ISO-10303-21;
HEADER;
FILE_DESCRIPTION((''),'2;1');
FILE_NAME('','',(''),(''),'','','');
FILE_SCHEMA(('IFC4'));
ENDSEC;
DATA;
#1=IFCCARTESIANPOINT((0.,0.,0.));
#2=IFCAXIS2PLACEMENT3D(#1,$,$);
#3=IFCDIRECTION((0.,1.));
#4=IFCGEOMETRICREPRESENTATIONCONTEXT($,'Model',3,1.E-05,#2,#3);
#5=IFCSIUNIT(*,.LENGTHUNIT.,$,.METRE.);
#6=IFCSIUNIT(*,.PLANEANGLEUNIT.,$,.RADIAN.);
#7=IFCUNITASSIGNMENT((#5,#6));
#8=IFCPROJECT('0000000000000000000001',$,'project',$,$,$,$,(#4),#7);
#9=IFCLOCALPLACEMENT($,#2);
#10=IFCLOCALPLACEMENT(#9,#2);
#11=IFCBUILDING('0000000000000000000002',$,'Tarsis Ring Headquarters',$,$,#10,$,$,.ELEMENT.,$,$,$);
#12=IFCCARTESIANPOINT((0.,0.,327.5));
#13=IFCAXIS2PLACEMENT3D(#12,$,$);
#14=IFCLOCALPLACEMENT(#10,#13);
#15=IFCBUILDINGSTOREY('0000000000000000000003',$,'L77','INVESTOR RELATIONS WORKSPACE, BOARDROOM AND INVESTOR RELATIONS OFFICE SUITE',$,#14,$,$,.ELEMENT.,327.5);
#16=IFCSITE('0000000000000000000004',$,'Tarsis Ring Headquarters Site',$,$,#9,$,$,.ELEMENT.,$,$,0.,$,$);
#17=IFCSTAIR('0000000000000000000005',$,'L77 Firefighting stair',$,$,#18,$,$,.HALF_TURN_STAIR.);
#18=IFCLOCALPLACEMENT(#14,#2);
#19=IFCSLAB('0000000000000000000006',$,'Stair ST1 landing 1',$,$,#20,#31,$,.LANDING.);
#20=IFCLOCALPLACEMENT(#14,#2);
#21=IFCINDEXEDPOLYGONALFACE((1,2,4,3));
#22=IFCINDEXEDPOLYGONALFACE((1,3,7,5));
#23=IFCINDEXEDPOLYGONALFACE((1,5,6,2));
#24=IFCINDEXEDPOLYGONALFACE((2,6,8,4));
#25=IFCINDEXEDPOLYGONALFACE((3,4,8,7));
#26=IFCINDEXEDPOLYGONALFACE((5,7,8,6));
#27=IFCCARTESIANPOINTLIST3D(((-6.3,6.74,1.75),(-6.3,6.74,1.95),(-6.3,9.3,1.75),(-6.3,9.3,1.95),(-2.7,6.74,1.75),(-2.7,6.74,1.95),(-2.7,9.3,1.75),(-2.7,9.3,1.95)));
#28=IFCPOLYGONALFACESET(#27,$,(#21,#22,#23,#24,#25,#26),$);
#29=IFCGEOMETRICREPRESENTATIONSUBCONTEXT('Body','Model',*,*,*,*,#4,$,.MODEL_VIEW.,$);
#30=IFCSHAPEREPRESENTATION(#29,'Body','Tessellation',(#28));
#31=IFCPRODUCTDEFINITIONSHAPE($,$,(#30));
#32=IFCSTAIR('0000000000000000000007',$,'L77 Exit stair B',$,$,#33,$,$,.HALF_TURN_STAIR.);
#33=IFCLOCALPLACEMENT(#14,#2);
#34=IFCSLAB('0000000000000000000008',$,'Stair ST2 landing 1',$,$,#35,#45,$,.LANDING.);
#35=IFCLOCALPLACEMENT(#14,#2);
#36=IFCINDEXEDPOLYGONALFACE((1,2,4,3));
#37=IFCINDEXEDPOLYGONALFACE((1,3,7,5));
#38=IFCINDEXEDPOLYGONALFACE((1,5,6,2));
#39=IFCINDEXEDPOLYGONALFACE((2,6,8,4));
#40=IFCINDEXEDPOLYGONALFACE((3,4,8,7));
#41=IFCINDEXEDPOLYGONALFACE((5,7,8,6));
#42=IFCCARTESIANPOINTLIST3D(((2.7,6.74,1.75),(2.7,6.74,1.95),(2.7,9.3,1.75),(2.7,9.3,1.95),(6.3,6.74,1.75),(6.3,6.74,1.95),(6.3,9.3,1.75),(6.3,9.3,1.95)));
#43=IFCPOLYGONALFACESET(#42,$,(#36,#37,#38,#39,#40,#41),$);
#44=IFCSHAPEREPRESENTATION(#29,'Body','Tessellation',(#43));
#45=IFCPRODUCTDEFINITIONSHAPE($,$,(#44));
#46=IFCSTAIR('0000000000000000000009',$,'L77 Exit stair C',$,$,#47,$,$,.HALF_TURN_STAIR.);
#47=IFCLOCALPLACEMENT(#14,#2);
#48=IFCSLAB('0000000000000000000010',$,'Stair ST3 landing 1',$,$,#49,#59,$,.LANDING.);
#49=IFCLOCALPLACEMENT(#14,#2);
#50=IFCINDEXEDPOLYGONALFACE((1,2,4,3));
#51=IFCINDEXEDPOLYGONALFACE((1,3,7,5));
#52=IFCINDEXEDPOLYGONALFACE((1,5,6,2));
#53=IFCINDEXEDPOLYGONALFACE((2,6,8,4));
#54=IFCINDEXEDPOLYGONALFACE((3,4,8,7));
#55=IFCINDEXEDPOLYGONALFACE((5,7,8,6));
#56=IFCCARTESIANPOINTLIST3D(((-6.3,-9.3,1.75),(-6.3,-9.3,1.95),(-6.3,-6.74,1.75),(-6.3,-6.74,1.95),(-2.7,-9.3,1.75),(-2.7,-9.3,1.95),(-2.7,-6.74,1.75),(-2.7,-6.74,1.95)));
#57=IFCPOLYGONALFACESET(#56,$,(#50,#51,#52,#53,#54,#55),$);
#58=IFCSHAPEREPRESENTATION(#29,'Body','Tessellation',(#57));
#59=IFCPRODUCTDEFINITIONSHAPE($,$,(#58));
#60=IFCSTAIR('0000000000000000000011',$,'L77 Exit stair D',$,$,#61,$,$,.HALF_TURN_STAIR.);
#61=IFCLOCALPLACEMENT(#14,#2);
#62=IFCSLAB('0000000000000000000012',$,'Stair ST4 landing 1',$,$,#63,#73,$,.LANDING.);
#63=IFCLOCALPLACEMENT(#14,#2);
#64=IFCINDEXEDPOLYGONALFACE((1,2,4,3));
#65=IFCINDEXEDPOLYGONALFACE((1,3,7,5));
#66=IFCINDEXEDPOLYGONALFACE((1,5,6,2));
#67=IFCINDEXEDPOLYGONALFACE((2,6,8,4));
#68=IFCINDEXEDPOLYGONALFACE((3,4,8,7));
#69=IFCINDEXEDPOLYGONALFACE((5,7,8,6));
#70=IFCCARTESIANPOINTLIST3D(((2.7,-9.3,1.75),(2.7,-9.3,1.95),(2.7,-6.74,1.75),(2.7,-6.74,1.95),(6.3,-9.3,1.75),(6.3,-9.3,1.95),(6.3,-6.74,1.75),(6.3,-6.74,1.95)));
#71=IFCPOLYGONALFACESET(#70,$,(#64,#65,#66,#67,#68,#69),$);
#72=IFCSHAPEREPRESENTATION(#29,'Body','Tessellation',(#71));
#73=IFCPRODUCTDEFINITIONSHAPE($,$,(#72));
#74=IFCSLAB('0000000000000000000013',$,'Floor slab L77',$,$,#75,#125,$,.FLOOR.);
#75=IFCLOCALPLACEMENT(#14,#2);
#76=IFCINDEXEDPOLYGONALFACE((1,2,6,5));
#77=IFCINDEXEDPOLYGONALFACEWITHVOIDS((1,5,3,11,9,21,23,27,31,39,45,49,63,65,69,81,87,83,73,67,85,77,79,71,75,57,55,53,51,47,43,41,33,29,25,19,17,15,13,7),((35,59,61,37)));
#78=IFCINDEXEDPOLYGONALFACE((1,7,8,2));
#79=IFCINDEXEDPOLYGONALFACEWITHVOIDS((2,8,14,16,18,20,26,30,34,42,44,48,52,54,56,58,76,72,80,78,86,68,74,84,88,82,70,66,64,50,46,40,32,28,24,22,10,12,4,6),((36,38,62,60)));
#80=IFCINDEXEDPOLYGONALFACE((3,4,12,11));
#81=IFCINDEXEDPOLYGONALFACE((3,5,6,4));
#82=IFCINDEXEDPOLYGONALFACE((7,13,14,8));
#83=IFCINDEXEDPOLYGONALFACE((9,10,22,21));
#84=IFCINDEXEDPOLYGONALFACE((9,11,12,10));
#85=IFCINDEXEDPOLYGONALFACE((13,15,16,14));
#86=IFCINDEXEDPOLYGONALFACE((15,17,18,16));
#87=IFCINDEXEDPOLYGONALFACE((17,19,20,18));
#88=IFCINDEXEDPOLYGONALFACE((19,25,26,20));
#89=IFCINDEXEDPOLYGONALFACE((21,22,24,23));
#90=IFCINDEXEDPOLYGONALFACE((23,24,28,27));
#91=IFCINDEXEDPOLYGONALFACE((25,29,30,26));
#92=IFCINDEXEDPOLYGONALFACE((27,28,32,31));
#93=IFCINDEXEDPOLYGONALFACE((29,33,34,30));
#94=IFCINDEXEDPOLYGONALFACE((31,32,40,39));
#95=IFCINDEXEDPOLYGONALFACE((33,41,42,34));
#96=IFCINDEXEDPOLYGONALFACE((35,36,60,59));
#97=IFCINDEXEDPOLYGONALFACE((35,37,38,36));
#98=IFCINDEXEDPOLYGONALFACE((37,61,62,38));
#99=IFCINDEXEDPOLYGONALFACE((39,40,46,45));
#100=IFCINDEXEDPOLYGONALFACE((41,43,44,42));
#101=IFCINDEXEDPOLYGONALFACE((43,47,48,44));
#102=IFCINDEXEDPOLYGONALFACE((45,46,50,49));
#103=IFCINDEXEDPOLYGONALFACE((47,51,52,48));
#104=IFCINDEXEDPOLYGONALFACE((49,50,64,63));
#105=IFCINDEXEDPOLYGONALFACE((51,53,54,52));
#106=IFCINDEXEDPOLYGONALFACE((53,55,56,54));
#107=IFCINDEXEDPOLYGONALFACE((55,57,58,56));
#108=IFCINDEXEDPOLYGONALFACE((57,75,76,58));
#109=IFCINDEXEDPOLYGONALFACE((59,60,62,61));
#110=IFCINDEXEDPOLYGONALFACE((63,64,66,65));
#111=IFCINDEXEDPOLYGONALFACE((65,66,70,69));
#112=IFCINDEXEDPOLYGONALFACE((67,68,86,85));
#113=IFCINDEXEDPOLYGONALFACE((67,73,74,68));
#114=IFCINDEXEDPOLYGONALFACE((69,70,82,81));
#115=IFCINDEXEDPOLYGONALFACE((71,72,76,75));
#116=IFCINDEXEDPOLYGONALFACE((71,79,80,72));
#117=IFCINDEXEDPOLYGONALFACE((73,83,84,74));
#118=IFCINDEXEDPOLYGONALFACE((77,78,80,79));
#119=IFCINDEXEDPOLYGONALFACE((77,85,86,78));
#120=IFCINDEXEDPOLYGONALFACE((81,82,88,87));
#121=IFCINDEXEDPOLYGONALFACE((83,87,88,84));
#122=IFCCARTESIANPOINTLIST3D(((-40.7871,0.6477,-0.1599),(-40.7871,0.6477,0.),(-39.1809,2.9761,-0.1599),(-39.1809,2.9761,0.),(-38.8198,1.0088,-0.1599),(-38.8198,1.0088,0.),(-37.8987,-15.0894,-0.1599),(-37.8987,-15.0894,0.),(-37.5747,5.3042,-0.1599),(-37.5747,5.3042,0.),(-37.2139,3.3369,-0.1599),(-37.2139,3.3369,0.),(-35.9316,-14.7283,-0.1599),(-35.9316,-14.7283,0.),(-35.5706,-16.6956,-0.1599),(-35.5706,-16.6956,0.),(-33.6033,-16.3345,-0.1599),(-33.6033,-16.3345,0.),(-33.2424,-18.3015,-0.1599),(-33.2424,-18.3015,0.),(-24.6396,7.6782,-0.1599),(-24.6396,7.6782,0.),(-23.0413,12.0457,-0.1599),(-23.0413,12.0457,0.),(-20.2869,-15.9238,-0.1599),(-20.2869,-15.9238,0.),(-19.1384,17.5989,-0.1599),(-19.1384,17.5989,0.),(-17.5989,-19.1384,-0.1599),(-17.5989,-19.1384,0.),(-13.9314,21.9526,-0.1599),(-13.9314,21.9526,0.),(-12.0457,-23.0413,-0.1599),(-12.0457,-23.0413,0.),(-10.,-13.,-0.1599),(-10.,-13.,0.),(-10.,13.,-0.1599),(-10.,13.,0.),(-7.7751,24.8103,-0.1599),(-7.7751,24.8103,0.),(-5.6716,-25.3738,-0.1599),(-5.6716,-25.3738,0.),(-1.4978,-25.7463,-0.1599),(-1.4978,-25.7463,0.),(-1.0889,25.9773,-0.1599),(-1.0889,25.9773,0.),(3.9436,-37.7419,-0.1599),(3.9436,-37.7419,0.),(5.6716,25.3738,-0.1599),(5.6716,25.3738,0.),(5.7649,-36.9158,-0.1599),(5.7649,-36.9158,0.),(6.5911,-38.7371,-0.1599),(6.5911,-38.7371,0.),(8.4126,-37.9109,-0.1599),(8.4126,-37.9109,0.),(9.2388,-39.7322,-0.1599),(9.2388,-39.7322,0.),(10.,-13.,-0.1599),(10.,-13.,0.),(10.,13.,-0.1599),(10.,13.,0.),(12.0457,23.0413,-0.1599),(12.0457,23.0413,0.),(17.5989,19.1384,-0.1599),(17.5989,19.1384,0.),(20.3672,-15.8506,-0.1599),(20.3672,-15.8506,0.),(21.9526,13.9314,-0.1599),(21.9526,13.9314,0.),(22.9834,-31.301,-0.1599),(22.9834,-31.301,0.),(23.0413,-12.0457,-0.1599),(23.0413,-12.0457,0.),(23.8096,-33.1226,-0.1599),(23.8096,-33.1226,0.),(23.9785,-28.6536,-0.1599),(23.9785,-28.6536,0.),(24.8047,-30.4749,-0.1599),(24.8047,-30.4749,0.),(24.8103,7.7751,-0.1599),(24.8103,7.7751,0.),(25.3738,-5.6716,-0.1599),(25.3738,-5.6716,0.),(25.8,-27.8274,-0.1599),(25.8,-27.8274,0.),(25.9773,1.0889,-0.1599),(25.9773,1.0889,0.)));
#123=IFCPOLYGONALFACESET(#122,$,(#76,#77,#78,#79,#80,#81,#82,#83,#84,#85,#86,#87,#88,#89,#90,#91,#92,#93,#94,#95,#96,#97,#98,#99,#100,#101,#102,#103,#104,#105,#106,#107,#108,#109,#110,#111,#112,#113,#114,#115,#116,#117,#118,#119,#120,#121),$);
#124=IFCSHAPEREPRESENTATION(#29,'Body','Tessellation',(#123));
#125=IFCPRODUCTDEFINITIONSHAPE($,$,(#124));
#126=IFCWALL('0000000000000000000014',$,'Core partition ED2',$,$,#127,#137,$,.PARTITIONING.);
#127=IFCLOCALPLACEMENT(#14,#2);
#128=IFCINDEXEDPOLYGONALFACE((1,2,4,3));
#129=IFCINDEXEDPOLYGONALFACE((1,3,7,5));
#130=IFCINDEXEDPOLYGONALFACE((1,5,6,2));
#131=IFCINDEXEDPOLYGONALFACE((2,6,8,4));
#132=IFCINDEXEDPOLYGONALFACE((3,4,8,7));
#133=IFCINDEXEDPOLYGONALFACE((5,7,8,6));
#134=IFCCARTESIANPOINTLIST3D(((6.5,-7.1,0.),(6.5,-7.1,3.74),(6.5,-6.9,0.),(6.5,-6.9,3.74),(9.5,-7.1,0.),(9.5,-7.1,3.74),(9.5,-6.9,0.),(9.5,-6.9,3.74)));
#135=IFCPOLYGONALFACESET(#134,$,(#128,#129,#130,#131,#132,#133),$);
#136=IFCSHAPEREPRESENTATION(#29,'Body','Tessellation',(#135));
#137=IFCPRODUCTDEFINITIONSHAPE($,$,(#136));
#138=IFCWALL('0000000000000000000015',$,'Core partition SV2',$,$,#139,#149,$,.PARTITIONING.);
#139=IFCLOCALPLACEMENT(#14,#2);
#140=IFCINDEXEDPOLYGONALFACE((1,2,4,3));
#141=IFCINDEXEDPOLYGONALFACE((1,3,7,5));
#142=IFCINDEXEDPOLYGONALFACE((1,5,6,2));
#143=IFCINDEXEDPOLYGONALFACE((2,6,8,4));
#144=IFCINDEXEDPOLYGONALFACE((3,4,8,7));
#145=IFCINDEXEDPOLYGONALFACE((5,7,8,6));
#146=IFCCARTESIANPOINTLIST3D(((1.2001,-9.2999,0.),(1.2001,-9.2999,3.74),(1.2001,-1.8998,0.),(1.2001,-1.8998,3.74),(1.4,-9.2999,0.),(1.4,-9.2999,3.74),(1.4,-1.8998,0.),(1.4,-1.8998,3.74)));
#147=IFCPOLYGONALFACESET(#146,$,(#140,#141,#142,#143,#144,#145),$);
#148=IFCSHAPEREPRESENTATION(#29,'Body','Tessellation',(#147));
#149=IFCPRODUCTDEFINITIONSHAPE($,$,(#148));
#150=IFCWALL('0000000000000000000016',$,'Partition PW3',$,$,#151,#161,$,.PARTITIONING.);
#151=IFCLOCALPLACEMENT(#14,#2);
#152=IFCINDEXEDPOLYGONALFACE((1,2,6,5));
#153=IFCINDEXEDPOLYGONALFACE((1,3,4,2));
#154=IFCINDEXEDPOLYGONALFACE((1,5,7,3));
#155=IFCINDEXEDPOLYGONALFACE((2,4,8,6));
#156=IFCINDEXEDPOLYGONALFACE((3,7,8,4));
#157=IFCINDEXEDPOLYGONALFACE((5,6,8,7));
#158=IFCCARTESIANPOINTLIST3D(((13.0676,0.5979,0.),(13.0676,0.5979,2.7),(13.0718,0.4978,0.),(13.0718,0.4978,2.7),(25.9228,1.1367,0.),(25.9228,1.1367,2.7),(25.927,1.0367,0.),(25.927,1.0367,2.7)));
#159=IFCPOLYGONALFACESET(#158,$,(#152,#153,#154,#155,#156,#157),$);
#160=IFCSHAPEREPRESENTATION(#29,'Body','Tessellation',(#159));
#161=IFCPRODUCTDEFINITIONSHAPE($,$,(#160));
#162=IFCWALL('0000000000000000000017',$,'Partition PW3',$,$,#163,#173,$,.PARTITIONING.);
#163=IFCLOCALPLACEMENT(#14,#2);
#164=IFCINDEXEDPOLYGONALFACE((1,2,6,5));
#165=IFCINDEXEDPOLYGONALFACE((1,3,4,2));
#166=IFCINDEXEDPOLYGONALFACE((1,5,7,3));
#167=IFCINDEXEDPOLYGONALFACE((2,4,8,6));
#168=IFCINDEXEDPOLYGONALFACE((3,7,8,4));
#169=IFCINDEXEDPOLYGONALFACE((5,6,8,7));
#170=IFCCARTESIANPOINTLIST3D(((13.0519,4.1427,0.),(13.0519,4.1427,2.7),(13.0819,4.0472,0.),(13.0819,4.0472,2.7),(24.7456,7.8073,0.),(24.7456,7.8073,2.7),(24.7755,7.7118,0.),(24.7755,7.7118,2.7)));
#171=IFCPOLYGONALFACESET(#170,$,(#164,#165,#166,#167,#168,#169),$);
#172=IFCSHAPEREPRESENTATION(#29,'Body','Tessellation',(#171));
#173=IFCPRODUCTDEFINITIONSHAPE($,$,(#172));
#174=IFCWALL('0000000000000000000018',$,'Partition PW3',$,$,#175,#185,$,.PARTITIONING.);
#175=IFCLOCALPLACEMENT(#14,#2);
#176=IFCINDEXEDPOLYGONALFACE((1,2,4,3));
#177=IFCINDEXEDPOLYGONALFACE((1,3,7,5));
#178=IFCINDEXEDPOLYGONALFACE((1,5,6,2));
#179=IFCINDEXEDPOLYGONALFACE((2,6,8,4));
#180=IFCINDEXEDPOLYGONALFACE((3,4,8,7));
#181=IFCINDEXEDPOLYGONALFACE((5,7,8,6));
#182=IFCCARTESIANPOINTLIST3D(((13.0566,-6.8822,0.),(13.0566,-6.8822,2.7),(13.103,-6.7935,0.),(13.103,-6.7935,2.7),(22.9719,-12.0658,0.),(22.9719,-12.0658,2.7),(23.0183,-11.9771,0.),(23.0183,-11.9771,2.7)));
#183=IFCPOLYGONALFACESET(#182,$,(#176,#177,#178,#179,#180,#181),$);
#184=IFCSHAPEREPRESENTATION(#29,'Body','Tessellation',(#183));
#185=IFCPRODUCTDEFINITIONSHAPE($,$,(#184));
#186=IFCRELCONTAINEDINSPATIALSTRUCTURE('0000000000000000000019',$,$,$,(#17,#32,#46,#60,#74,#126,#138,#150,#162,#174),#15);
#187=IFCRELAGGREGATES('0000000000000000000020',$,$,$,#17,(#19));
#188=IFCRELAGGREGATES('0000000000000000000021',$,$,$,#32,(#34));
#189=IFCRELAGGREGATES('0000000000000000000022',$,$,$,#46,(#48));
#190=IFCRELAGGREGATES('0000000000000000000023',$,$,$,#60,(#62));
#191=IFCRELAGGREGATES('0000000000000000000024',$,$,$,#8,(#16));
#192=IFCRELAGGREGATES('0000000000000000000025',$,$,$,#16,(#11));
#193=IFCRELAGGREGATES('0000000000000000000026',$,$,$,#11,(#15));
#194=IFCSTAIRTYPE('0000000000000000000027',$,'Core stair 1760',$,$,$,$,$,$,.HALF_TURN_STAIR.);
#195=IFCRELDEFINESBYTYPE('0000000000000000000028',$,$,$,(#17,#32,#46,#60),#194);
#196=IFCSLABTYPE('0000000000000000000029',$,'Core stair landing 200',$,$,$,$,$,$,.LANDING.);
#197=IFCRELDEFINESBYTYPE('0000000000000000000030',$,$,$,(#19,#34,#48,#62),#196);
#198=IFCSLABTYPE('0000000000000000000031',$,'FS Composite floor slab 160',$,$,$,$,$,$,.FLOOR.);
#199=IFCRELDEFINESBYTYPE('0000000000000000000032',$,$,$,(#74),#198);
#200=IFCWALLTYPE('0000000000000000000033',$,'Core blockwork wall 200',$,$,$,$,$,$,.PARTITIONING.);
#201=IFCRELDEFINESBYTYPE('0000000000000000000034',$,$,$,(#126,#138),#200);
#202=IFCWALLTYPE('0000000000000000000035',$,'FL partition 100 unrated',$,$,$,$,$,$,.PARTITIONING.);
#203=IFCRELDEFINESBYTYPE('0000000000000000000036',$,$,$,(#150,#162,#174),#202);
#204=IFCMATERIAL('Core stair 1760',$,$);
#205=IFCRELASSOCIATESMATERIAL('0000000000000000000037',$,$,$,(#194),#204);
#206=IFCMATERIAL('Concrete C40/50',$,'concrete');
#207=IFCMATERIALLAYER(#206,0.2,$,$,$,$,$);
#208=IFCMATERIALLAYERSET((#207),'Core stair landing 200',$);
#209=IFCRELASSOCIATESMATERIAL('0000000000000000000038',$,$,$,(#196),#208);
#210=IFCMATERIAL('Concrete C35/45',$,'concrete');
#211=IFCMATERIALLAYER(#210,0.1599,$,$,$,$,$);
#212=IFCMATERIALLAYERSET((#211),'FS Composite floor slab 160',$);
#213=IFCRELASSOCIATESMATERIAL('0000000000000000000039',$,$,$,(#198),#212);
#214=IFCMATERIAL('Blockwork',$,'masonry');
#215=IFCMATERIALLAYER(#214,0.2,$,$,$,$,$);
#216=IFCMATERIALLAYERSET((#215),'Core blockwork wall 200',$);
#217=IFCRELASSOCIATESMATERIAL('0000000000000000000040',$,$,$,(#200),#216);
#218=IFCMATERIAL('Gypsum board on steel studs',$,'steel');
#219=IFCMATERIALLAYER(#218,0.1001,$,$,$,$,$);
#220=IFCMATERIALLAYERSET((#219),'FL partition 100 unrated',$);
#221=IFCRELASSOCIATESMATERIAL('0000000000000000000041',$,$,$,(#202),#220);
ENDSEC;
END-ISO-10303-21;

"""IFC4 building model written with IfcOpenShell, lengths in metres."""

from ifc_helpers import new_model, si_unit, direction, frame, frame_2d, origin, place, context, subcontext, project, spatial, polyline, rectangle, outline, extrude, material, layer, layer_set, type_object, element, aggregate, save


model = new_model("IFC4")

# Units and contexts
model_context = context("Model", 3, precision=1e-05, world=origin(), true_north=direction((0.0, 1.0)))
body_context = subcontext(model_context, "Body", "Model", "MODEL_VIEW")
ifc_project = project(units=[si_unit("LENGTHUNIT", "METRE"), si_unit("PLANEANGLEUNIT", "RADIAN")], contexts=[model_context])

# Site, building, storey
site_placement = place(None, origin())
site = spatial("IfcSite", under=ifc_project, at=site_placement, Name="Tarsis Ring Headquarters Site", CompositionType="ELEMENT", RefElevation=0.0)
building_placement = place(site_placement, origin())
building = spatial("IfcBuilding", under=site, at=building_placement, Name="Tarsis Ring Headquarters", CompositionType="ELEMENT")
storey_placement = place(building_placement, frame((0.0, 0.0, 327.5)))
storey = spatial("IfcBuildingStorey", under=building, at=storey_placement, Name="L77", Description="INVESTOR RELATIONS WORKSPACE, BOARDROOM AND INVESTOR RELATIONS OFFICE SUITE", CompositionType="ELEMENT", Elevation=327.5)

# Shared definitions
ifc_material_1 = material(Name="Concrete C40/50", Category="concrete")

# Stairs, slabs
ifc_material_2 = material(Name="Core stair 1760")
stair_type = type_object("IfcStairType", Name="Core stair 1760", PredefinedType="HALF_TURN_STAIR", material=ifc_material_2)
stair_1_placement = place(storey_placement, origin())
stair_1 = element("IfcStair", 1, at=stair_1_placement, inside=storey, type_object=stair_type, Name="L77 Firefighting stair", PredefinedType="HALF_TURN_STAIR")
ifc_layer_1 = layer(ifc_material_1, 0.2)
ifc_layer_set_1 = layer_set([ifc_layer_1], Name="Core stair landing 200")
slab_type_1 = type_object("IfcSlabType", Name="Core stair landing 200", PredefinedType="LANDING", material=ifc_layer_set_1)
slab_1_placement = place(storey_placement, frame((0.0, 0.0, 1.75)))
slab_1 = element("IfcSlab", 2, at=slab_1_placement, type_object=slab_type_1, Name="Stair ST1 landing 1", PredefinedType="LANDING", context=body_context, shape_type="SweptSolid", body=[
    extrude(outline(polyline([(-2.7, 6.74), (-2.7, 9.3), (-6.3, 9.3), (-6.3, 6.74), (-2.7, 6.74)])), origin(), (0.0, 0.0, 1.0), 0.2),
])
aggregate(stair_1, [slab_1])
stair_2_placement = place(storey_placement, origin())
stair_2 = element("IfcStair", 3, at=stair_2_placement, inside=storey, type_object=stair_type, Name="L77 Exit stair B", PredefinedType="HALF_TURN_STAIR")
slab_2_placement = place(storey_placement, frame((0.0, 0.0, 1.75)))
slab_2 = element("IfcSlab", 4, at=slab_2_placement, type_object=slab_type_1, Name="Stair ST2 landing 1", PredefinedType="LANDING", context=body_context, shape_type="SweptSolid", body=[
    extrude(outline(polyline([(6.3, 6.74), (6.3, 9.3), (2.7, 9.3), (2.7, 6.74), (6.3, 6.74)])), origin(), (0.0, 0.0, 1.0), 0.2),
])
aggregate(stair_2, [slab_2])
stair_3_placement = place(storey_placement, origin())
stair_3 = element("IfcStair", 5, at=stair_3_placement, inside=storey, type_object=stair_type, Name="L77 Exit stair C", PredefinedType="HALF_TURN_STAIR")
slab_3_placement = place(storey_placement, frame((0.0, 0.0, 1.75)))
slab_3 = element("IfcSlab", 6, at=slab_3_placement, type_object=slab_type_1, Name="Stair ST3 landing 1", PredefinedType="LANDING", context=body_context, shape_type="SweptSolid", body=[
    extrude(outline(polyline([(-6.3, -6.74), (-6.3, -9.3), (-2.7, -9.3), (-2.7, -6.74), (-6.3, -6.74)])), origin(), (0.0, 0.0, 1.0), 0.2),
])
aggregate(stair_3, [slab_3])
stair_4_placement = place(storey_placement, origin())
stair_4 = element("IfcStair", 7, at=stair_4_placement, inside=storey, type_object=stair_type, Name="L77 Exit stair D", PredefinedType="HALF_TURN_STAIR")
slab_4_placement = place(storey_placement, frame((0.0, 0.0, 1.75)))
slab_4 = element("IfcSlab", 8, at=slab_4_placement, type_object=slab_type_1, Name="Stair ST4 landing 1", PredefinedType="LANDING", context=body_context, shape_type="SweptSolid", body=[
    extrude(outline(polyline([(2.7, -6.74), (2.7, -9.3), (6.3, -9.3), (6.3, -6.74), (2.7, -6.74)])), origin(), (0.0, 0.0, 1.0), 0.2),
])
aggregate(stair_4, [slab_4])

# Slab
ifc_material_3 = material(Name="Concrete C35/45", Category="concrete")
ifc_layer_2 = layer(ifc_material_3, 0.1599)
ifc_layer_set_2 = layer_set([ifc_layer_2], Name="FS Composite floor slab 160")
slab_type_2 = type_object("IfcSlabType", Name="FS Composite floor slab 160", PredefinedType="FLOOR", material=ifc_layer_set_2)
slab_5_placement = place(storey_placement, frame((0.0, 0.0, -0.1599)))
element("IfcSlab", 9, at=slab_5_placement, inside=storey, type_object=slab_type_2, Name="Floor slab L77", PredefinedType="FLOOR", context=body_context, shape_type="SweptSolid", body=[
    extrude(outline(polyline([(-20.2869, -15.9238), (-17.5989, -19.1384), (-12.0457, -23.0413), (-5.6716, -25.3738), (-1.4978, -25.7463), (3.9436, -37.7419), (5.7649, -36.9158), (6.5911, -38.7371), (8.4126, -37.9109), (9.2388, -39.7322), (23.8096, -33.1226), (22.9834, -31.301), (24.8047, -30.4749), (23.9785, -28.6536), (25.8, -27.8274), (20.3672, -15.8506), (23.0413, -12.0457), (25.3738, -5.6716), (25.9773, 1.0889), (24.8103, 7.7751), (21.9526, 13.9314), (17.5989, 19.1384), (12.0457, 23.0413), (5.6716, 25.3738), (-1.0889, 25.9773), (-7.7751, 24.8103), (-13.9314, 21.9526), (-19.1384, 17.5989), (-23.0413, 12.0457), (-24.6396, 7.6782), (-37.5747, 5.3042), (-37.2139, 3.3369), (-39.1809, 2.9761), (-38.8198, 1.0088), (-40.7871, 0.6477), (-37.8987, -15.0894), (-35.9316, -14.7283), (-35.5706, -16.6956), (-33.6033, -16.3345), (-33.2424, -18.3015), (-20.2869, -15.9238)]), holes=[polyline([(-10.0, -13.0), (-10.0, 13.0), (10.0, 13.0), (10.0, -13.0), (-10.0, -13.0)])]), origin(), (0.0, 0.0, 1.0), 0.1599),
])

# Walls
ifc_material_4 = material(Name="Blockwork", Category="masonry")
ifc_layer_3 = layer(ifc_material_4, 0.2)
ifc_layer_set_3 = layer_set([ifc_layer_3], Name="Core blockwork wall 200")
wall_type_1 = type_object("IfcWallType", Name="Core blockwork wall 200", PredefinedType="PARTITIONING", material=ifc_layer_set_3)
wall_1_placement = place(storey_placement, frame((6.5, -7.0, 0.0), z_axis=(0.0, 0.0, 1.0), x_axis=(1.0, 0.0, 0.0)))
element("IfcWall", 10, at=wall_1_placement, inside=storey, type_object=wall_type_1, Name="Core partition ED2", PredefinedType="PARTITIONING", context=body_context, shape_type="SweptSolid", body=[
    extrude(rectangle(XDim=3.0, YDim=0.2, at=frame_2d((1.5, 0.0))), origin(), (0.0, 0.0, 1.0), 3.74),
])
wall_2_placement = place(storey_placement, frame((1.3, -9.3, 0.0), z_axis=(0.0, 0.0, 1.0), x_axis=(0.0, 1.0, 0.0)))
element("IfcWall", 11, at=wall_2_placement, inside=storey, type_object=wall_type_1, Name="Core partition SV2", PredefinedType="PARTITIONING", context=body_context, shape_type="SweptSolid", body=[
    extrude(rectangle(XDim=7.4001, YDim=0.2, at=frame_2d((3.7002, 0.0))), origin(), (0.0, 0.0, 1.0), 3.74),
])
ifc_material_5 = material(Name="Gypsum board on steel studs", Category="steel")
ifc_layer_4 = layer(ifc_material_5, 0.1001)
ifc_layer_set_4 = layer_set([ifc_layer_4], Name="FL partition 100 unrated")
wall_type_2 = type_object("IfcWallType", Name="FL partition 100 unrated", PredefinedType="PARTITIONING", material=ifc_layer_set_4)
wall_3_placement = place(storey_placement, frame((13.0698, 0.5479, 0.0), z_axis=(0.0, 0.0, 1.0), x_axis=(0.999123, 0.041878, 0.0)))
element("IfcWall", 12, at=wall_3_placement, inside=storey, type_object=wall_type_2, Name="Partition PW3", PredefinedType="PARTITIONING", context=body_context, shape_type="SweptSolid", body=[
    extrude(rectangle(XDim=12.8665, YDim=0.1001, at=frame_2d((6.4331, 0.0))), origin(), (0.0, 0.0, 1.0), 2.7),
])
wall_4_placement = place(storey_placement, frame((13.0669, 4.095, 0.0), z_axis=(0.0, 0.0, 1.0), x_axis=(0.95424, 0.299041, 0.0)))
element("IfcWall", 13, at=wall_4_placement, inside=storey, type_object=wall_type_2, Name="Partition PW3", PredefinedType="PARTITIONING", context=body_context, shape_type="SweptSolid", body=[
    extrude(rectangle(XDim=12.2544, YDim=0.1001, at=frame_2d((6.1272, 0.0))), origin(), (0.0, 0.0, 1.0), 2.7),
])
wall_5_placement = place(storey_placement, frame((13.0798, -6.8379, 0.0), z_axis=(0.0, 0.0, 1.0), x_axis=(0.886203, -0.463297, 0.0)))
element("IfcWall", 14, at=wall_5_placement, inside=storey, type_object=wall_type_2, Name="Partition PW3", PredefinedType="PARTITIONING", context=body_context, shape_type="SweptSolid", body=[
    extrude(rectangle(XDim=11.1885, YDim=0.1001, at=frame_2d((5.5942, 0.0))), origin(), (0.0, 0.0, 1.0), 2.7),
])

save(model, "model.ifc")
